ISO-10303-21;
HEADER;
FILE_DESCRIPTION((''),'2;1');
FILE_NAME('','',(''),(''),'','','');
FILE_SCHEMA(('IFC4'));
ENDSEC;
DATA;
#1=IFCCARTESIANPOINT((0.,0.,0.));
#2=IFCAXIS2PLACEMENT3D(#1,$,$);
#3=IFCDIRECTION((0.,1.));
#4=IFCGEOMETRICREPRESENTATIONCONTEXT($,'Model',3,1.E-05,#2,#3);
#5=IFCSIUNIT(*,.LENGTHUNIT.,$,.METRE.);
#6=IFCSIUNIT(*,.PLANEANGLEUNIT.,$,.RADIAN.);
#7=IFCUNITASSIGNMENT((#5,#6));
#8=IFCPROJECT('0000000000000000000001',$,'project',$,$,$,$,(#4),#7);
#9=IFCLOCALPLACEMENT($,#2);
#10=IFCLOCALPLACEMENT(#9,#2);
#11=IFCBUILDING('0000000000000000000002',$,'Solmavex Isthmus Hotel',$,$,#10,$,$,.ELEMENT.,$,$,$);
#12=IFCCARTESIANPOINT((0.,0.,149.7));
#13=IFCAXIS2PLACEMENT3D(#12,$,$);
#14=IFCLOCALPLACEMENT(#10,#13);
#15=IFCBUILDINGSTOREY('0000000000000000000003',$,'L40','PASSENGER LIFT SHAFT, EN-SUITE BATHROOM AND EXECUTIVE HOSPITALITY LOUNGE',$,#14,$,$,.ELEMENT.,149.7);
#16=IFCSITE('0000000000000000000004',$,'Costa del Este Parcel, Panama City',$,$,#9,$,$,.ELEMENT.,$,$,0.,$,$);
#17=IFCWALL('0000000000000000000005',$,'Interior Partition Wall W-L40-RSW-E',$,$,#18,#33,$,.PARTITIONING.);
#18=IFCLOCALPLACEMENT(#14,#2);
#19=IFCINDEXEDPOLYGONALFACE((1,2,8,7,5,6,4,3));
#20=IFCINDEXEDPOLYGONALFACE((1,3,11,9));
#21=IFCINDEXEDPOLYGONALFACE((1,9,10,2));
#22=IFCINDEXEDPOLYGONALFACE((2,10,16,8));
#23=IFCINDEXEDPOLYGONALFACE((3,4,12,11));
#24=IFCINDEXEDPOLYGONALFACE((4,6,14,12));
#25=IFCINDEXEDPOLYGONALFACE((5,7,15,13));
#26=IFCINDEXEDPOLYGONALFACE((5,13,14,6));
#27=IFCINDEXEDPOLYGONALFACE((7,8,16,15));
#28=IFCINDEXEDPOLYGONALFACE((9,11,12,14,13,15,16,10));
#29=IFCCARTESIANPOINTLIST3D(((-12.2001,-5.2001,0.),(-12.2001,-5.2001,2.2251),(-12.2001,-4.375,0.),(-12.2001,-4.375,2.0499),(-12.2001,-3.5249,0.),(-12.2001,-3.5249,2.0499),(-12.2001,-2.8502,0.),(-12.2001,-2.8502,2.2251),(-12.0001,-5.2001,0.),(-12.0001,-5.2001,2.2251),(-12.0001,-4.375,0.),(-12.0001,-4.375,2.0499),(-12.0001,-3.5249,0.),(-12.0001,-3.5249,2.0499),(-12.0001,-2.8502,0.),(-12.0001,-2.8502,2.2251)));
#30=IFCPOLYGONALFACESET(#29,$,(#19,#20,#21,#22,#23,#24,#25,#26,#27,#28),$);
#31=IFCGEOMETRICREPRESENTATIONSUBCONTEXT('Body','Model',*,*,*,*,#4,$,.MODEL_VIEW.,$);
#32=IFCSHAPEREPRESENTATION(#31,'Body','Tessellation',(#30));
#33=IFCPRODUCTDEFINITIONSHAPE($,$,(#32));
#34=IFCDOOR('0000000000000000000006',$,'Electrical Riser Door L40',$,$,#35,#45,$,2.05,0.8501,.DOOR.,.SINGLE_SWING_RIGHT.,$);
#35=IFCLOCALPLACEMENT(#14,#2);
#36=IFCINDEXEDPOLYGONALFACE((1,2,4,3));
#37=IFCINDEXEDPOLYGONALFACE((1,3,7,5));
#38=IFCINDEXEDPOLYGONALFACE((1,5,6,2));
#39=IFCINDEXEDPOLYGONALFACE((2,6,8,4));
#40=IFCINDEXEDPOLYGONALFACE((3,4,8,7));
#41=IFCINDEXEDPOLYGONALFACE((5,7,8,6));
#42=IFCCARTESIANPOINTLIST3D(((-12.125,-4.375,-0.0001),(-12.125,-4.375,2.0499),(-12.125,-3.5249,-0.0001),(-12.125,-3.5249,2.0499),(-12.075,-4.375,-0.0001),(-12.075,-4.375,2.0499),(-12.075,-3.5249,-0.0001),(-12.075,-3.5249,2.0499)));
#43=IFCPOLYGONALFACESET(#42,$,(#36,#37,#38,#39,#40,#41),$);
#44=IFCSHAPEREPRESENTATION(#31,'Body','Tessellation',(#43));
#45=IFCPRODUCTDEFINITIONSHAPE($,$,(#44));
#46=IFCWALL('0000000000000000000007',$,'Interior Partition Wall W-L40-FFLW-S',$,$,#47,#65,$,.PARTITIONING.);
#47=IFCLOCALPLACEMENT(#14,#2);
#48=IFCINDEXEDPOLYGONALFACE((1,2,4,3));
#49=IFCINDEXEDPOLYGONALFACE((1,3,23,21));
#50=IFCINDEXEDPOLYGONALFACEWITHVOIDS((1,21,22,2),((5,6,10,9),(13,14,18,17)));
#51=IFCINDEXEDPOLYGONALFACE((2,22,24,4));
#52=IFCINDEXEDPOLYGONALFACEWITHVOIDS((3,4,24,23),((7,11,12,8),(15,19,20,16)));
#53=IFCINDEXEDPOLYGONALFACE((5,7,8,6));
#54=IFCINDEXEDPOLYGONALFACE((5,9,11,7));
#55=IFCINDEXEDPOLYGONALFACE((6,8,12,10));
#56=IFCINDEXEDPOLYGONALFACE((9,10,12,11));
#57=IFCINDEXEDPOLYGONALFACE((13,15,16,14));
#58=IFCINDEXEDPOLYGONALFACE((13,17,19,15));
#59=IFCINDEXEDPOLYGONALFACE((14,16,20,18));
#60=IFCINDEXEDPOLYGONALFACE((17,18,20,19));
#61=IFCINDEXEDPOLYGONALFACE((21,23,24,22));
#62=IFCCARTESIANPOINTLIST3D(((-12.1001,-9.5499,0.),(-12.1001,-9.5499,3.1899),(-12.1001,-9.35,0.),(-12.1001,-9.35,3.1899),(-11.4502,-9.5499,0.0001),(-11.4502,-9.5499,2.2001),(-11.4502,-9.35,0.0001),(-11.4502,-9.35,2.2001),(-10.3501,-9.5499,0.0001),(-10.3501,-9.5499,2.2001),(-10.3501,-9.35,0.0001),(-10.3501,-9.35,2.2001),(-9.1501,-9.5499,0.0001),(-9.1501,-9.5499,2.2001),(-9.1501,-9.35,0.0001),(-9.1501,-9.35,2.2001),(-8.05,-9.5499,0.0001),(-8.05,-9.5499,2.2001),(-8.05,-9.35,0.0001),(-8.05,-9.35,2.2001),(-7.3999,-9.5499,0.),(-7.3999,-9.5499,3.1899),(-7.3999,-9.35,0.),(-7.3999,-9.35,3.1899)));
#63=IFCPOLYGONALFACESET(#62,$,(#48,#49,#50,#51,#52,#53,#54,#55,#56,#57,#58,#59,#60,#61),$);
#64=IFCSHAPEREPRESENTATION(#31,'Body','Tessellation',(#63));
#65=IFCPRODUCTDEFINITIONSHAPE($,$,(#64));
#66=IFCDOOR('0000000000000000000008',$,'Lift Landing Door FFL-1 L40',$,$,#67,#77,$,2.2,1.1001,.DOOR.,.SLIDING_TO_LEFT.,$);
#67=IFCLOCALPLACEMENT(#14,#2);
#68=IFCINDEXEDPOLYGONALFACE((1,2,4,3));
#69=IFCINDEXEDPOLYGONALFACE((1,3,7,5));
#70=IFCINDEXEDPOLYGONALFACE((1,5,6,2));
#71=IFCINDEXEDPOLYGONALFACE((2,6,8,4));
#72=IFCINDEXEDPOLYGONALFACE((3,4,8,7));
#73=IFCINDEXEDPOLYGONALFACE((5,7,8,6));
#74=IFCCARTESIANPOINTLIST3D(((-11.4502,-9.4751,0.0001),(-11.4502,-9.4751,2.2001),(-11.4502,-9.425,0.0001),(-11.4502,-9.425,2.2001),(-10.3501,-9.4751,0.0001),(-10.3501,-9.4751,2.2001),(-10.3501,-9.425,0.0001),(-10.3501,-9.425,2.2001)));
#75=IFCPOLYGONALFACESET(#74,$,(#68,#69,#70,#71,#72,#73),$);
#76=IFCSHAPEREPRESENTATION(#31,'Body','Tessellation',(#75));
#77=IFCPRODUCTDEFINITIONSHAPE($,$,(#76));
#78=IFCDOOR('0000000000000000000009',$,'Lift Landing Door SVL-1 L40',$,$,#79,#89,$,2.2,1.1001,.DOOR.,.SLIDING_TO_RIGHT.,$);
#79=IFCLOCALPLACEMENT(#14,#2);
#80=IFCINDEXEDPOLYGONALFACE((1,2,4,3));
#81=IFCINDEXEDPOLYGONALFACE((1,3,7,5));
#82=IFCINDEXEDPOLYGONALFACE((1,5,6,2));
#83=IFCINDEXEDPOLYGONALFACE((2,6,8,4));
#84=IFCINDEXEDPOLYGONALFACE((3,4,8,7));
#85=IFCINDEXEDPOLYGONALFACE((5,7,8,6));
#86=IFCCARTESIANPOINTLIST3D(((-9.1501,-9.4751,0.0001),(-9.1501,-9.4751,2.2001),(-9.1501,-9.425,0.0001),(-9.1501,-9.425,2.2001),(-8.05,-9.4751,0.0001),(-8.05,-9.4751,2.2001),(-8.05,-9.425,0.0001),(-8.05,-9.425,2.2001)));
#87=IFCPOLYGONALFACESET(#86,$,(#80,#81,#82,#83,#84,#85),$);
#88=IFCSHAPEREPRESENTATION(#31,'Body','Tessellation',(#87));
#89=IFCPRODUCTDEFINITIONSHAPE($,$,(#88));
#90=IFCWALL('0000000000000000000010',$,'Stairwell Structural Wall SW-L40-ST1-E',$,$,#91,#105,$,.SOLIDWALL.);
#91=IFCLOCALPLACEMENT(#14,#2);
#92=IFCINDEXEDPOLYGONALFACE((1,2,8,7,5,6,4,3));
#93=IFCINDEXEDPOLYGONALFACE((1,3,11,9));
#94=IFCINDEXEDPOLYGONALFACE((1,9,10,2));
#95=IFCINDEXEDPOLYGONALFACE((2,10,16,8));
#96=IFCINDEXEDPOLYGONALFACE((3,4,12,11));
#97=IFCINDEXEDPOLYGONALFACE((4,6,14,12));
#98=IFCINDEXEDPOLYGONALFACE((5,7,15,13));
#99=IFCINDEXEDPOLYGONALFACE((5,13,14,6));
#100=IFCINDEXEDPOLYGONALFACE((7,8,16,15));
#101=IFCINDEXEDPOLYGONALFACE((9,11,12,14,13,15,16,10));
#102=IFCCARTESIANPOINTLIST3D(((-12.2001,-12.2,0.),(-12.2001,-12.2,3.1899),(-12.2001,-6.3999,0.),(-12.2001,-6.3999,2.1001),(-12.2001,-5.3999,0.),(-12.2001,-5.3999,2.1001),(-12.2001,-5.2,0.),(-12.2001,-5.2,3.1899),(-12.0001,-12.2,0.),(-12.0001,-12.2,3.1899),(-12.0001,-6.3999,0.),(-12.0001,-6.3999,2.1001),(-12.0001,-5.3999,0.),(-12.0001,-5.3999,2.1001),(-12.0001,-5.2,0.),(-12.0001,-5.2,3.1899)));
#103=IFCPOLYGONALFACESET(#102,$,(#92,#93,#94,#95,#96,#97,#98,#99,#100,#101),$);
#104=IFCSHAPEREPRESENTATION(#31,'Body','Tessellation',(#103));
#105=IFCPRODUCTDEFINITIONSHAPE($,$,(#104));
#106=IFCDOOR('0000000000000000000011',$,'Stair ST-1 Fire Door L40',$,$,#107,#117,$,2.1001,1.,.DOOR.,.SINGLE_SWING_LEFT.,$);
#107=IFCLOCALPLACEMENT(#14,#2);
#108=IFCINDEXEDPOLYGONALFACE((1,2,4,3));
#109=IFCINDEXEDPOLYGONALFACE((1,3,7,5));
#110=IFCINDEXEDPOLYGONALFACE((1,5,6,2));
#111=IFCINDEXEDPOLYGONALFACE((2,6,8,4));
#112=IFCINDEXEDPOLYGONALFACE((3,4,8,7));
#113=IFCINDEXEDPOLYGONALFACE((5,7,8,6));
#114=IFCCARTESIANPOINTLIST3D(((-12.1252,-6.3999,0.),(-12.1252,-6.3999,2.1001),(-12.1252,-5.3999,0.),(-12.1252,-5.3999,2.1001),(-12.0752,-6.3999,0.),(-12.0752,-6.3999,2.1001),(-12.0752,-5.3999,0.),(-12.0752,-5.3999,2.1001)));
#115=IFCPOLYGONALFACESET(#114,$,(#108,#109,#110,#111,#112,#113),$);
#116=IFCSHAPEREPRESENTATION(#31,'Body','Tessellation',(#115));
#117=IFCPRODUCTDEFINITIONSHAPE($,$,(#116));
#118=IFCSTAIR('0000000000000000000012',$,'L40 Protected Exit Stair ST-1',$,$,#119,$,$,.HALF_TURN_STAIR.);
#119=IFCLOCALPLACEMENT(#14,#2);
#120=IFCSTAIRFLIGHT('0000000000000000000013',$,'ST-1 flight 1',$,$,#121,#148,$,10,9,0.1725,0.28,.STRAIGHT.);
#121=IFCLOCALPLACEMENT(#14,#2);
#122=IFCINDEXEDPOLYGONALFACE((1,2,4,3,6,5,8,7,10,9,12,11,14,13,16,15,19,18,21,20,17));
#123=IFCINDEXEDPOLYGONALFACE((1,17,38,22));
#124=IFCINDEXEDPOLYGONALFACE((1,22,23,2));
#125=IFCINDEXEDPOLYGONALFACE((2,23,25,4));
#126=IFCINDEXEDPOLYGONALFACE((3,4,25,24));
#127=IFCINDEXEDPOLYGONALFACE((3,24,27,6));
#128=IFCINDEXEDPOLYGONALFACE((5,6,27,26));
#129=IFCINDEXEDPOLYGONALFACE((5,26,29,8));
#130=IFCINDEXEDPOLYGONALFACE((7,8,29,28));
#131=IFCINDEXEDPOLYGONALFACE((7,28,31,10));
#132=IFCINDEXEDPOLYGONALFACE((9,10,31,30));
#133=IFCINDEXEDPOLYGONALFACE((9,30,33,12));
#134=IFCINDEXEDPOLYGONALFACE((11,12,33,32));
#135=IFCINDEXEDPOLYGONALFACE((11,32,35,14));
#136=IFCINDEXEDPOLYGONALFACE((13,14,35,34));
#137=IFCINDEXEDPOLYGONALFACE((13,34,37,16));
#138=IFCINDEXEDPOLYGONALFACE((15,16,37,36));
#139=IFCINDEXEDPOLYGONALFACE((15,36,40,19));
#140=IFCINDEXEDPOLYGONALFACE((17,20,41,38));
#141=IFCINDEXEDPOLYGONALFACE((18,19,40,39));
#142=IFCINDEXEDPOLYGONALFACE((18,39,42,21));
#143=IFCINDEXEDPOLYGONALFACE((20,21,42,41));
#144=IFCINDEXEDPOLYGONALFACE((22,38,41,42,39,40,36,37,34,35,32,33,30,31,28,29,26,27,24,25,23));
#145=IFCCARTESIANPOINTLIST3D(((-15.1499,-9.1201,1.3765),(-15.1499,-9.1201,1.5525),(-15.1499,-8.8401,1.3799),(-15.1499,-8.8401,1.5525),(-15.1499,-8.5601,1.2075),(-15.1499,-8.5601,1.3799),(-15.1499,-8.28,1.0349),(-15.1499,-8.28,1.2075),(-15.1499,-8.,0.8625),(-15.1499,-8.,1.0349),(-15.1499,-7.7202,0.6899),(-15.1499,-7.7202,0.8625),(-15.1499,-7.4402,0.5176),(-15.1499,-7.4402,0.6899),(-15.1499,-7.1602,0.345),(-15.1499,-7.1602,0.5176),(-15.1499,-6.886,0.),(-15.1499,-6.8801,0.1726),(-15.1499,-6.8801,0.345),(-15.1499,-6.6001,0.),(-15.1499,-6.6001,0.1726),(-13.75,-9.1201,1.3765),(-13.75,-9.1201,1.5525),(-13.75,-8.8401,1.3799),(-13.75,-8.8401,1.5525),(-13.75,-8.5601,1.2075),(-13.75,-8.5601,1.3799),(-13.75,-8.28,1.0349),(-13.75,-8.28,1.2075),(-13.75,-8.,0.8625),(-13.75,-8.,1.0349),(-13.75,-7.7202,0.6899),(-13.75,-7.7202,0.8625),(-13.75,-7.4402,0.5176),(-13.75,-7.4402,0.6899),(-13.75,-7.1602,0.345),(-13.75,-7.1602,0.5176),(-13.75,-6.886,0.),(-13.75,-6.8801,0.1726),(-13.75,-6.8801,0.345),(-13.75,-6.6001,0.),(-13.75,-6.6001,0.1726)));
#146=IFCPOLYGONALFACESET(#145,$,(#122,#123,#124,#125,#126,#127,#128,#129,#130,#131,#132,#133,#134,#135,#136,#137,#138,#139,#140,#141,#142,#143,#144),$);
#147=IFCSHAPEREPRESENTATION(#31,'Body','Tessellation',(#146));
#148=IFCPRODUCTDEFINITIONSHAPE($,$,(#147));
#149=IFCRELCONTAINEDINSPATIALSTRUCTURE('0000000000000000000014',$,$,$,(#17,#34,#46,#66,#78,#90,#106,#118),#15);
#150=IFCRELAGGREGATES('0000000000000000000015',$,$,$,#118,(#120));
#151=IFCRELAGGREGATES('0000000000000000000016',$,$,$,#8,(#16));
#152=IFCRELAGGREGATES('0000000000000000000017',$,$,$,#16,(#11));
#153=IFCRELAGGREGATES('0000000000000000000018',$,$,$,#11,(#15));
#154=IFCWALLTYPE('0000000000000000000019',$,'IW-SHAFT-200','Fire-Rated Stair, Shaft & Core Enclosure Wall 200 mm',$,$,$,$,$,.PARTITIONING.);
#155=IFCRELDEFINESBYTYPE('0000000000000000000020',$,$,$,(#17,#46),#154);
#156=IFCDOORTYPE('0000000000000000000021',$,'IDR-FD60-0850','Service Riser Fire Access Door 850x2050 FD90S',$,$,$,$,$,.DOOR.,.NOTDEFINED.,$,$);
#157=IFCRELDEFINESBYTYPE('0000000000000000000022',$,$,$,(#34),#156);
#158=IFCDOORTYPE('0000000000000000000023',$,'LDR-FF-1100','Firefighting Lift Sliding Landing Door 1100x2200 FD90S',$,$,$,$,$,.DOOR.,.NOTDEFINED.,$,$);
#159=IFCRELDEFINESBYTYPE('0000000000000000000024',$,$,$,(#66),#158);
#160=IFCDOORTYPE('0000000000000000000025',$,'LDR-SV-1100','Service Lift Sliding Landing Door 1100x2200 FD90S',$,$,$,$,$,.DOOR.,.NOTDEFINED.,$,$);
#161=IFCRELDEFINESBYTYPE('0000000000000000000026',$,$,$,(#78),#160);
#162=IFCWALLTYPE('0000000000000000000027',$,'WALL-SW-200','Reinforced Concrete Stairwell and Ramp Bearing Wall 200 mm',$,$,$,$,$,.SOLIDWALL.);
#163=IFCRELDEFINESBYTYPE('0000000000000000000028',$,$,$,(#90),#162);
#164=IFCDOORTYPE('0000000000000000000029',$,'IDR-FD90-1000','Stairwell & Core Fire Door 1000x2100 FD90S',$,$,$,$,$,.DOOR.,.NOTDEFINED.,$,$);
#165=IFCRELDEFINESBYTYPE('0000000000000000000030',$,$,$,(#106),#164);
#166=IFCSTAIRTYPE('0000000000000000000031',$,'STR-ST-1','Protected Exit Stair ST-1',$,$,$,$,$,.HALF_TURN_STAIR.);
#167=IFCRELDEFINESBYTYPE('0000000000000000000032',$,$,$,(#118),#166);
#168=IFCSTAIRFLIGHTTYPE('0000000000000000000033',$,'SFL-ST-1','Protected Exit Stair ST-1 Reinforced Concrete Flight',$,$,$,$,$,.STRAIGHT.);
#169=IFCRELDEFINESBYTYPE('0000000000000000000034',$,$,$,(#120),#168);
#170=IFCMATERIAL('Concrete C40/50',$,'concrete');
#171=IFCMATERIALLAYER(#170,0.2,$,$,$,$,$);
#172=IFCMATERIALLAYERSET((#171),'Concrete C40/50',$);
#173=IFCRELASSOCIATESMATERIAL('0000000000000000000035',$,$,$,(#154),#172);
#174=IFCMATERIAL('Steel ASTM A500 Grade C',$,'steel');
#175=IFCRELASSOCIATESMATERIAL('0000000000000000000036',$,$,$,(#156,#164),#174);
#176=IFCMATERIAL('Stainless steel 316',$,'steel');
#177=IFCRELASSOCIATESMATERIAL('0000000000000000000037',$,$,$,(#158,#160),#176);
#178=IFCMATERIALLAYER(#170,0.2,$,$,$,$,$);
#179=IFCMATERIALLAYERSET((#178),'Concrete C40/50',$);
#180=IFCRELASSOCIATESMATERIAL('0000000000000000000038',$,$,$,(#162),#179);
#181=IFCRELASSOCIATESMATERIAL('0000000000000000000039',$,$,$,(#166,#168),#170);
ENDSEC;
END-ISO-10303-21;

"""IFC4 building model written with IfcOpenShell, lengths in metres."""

from ifc_helpers import new_model, si_unit, direction, frame, frame_2d, origin, place, context, subcontext, project, spatial, polyline, rectangle, outline, extrude, material, layer, layer_set, type_object, element, fill, aggregate, save


model = new_model("IFC4")

# Units and contexts
model_context = context("Model", 3, precision=1e-05, world=origin(), true_north=direction((0.0, 1.0)))
body_context = subcontext(model_context, "Body", "Model", "MODEL_VIEW")
ifc_project = project(units=[si_unit("LENGTHUNIT", "METRE"), si_unit("PLANEANGLEUNIT", "RADIAN")], contexts=[model_context])

# Site, building, storey
site_placement = place(None, origin())
site = spatial("IfcSite", under=ifc_project, at=site_placement, Name="Costa del Este Parcel, Panama City", CompositionType="ELEMENT", RefElevation=0.0)
building_placement = place(site_placement, origin())
building = spatial("IfcBuilding", under=site, at=building_placement, Name="Solmavex Isthmus Hotel", CompositionType="ELEMENT")
storey_placement = place(building_placement, frame((0.0, 0.0, 149.7)))
storey = spatial("IfcBuildingStorey", under=building, at=storey_placement, Name="L40", Description="PASSENGER LIFT SHAFT, EN-SUITE BATHROOM AND EXECUTIVE HOSPITALITY LOUNGE", CompositionType="ELEMENT", Elevation=149.7)

# Wall, opening, door
ifc_material_1 = material(Name="Concrete C40/50", Category="concrete")
ifc_layer_1 = layer(ifc_material_1, 0.2)
ifc_layer_set_1 = layer_set([ifc_layer_1], Name="Concrete C40/50")
wall_type_1 = type_object("IfcWallType", Name="IW-SHAFT-200", Description="Fire-Rated Stair, Shaft & Core Enclosure Wall 200 mm", PredefinedType="PARTITIONING", material=ifc_layer_set_1)
wall_1_placement = place(storey_placement, frame((-12.1001, -5.2, 0.0), z_axis=(0.0, 0.0, 1.0), x_axis=(0.0, 1.0, 0.0)))
wall_1 = element("IfcWall", 1, at=wall_1_placement, inside=storey, type_object=wall_type_1, Name="Interior Partition Wall W-L40-RSW-E", PredefinedType="PARTITIONING", context=body_context, shape_type="SweptSolid", body=[
    extrude(rectangle(XDim=2.3499, YDim=0.2, at=frame_2d((1.1748, 0.0))), origin(), (0.0, 0.0, 1.0), 2.2251),
])
opening_1_placement = place(wall_1_placement, frame((0.825, 0.0, 0.0)))
opening_1 = element("IfcOpeningElement", 2, at=opening_1_placement, cuts=wall_1, PredefinedType="OPENING", context=body_context, shape_type="SweptSolid", body=[
    extrude(rectangle(XDim=0.8501, YDim=2.05, at=frame_2d((0.425, 1.0249))), frame((0.0, 0.1099, 0.0), z_axis=(0.0, -1.0, 0.0), x_axis=(1.0, 0.0, 0.0)), (0.0, 0.0, 1.0), 0.22),
])
ifc_material_2 = material(Name="Steel ASTM A500 Grade C", Category="steel")
door_type_1 = type_object("IfcDoorType", Name="IDR-FD60-0850", Description="Service Riser Fire Access Door 850x2050 FD90S", OperationType="NOTDEFINED", PredefinedType="DOOR", material=ifc_material_2)
door_1_placement = place(opening_1_placement, origin())
door_1 = element("IfcDoor", 3, at=door_1_placement, inside=storey, type_object=door_type_1, Name="Electrical Riser Door L40", OperationType="SINGLE_SWING_RIGHT", OverallHeight=2.05, OverallWidth=0.8501, PredefinedType="DOOR", context=body_context, shape_type="SweptSolid", body=[
    extrude(rectangle(XDim=0.8501, YDim=2.05, at=frame_2d((0.425, 1.0249))), frame((0.0, 0.0249, 0.0), z_axis=(0.0, -1.0, 0.0), x_axis=(1.0, 0.0, 0.0)), (0.0, 0.0, 1.0), 0.05),
])
fill(opening_1, door_1)

# Wall, openings, doors
wall_2_placement = place(storey_placement, frame((-12.1001, -9.45, 0.0), z_axis=(0.0, 0.0, 1.0), x_axis=(1.0, 0.0, 0.0)))
wall_2 = element("IfcWall", 4, at=wall_2_placement, inside=storey, type_object=wall_type_1, Name="Interior Partition Wall W-L40-FFLW-S", PredefinedType="PARTITIONING", context=body_context, shape_type="SweptSolid", body=[
    extrude(rectangle(XDim=4.7002, YDim=0.2, at=frame_2d((2.3501, 0.0))), origin(), (0.0, 0.0, 1.0), 3.1899),
])
opening_2_placement = place(wall_2_placement, frame((0.6499, 0.0, 0.0)))
opening_2 = element("IfcOpeningElement", 5, at=opening_2_placement, cuts=wall_2, PredefinedType="OPENING", context=body_context, shape_type="SweptSolid", body=[
    extrude(rectangle(XDim=1.1001, YDim=2.2, at=frame_2d((0.55, 1.1001))), frame((0.0, 0.1099, 0.0), z_axis=(0.0, -1.0, 0.0), x_axis=(1.0, 0.0, 0.0)), (0.0, 0.0, 1.0), 0.22),
])
opening_3_placement = place(wall_2_placement, frame((2.95, 0.0, 0.0)))
opening_3 = element("IfcOpeningElement", 6, at=opening_3_placement, cuts=wall_2, PredefinedType="OPENING", context=body_context, shape_type="SweptSolid", body=[
    extrude(rectangle(XDim=1.1001, YDim=2.2, at=frame_2d((0.55, 1.1001))), frame((0.0, 0.1099, 0.0), z_axis=(0.0, -1.0, 0.0), x_axis=(1.0, 0.0, 0.0)), (0.0, 0.0, 1.0), 0.22),
])
ifc_material_3 = material(Name="Stainless steel 316", Category="steel")
door_type_2 = type_object("IfcDoorType", Name="LDR-FF-1100", Description="Firefighting Lift Sliding Landing Door 1100x2200 FD90S", OperationType="NOTDEFINED", PredefinedType="DOOR", material=ifc_material_3)
door_2_placement = place(opening_2_placement, origin())
door_2 = element("IfcDoor", 7, at=door_2_placement, inside=storey, type_object=door_type_2, Name="Lift Landing Door FFL-1 L40", OperationType="SLIDING_TO_LEFT", OverallHeight=2.2, OverallWidth=1.1001, PredefinedType="DOOR", context=body_context, shape_type="SweptSolid", body=[
    extrude(rectangle(XDim=1.1001, YDim=2.2, at=frame_2d((0.55, 1.1001))), frame((0.0, 0.0249, 0.0), z_axis=(0.0, -1.0, 0.0), x_axis=(1.0, 0.0, 0.0)), (0.0, 0.0, 1.0), 0.05),
])
fill(opening_2, door_2)
door_type_3 = type_object("IfcDoorType", Name="LDR-SV-1100", Description="Service Lift Sliding Landing Door 1100x2200 FD90S", OperationType="NOTDEFINED", PredefinedType="DOOR", material=ifc_material_3)
door_3_placement = place(opening_3_placement, origin())
door_3 = element("IfcDoor", 8, at=door_3_placement, inside=storey, type_object=door_type_3, Name="Lift Landing Door SVL-1 L40", OperationType="SLIDING_TO_RIGHT", OverallHeight=2.2, OverallWidth=1.1001, PredefinedType="DOOR", context=body_context, shape_type="SweptSolid", body=[
    extrude(rectangle(XDim=1.1001, YDim=2.2, at=frame_2d((0.55, 1.1001))), frame((0.0, 0.0249, 0.0), z_axis=(0.0, -1.0, 0.0), x_axis=(1.0, 0.0, 0.0)), (0.0, 0.0, 1.0), 0.05),
])
fill(opening_3, door_3)

# Wall, opening, door
ifc_layer_2 = layer(ifc_material_1, 0.2)
ifc_layer_set_2 = layer_set([ifc_layer_2], Name="Concrete C40/50")
wall_type_2 = type_object("IfcWallType", Name="WALL-SW-200", Description="Reinforced Concrete Stairwell and Ramp Bearing Wall 200 mm", PredefinedType="SOLIDWALL", material=ifc_layer_set_2)
wall_3_placement = place(storey_placement, frame((-12.1001, -12.2, 0.0), z_axis=(0.0, 0.0, 1.0), x_axis=(0.0, 1.0, 0.0)))
wall_3 = element("IfcWall", 9, at=wall_3_placement, inside=storey, type_object=wall_type_2, Name="Stairwell Structural Wall SW-L40-ST1-E", PredefinedType="SOLIDWALL", context=body_context, shape_type="SweptSolid", body=[
    extrude(rectangle(XDim=7.0, YDim=0.2, at=frame_2d((3.5, 0.0))), origin(), (0.0, 0.0, 1.0), 3.1899),
])
opening_4_placement = place(wall_3_placement, frame((5.8, 0.0, 0.0)))
opening_4 = element("IfcOpeningElement", 10, at=opening_4_placement, cuts=wall_3, PredefinedType="OPENING", context=body_context, shape_type="SweptSolid", body=[
    extrude(rectangle(XDim=1.0, YDim=2.1001, at=frame_2d((0.5, 1.05))), frame((0.0, 0.1099, 0.0), z_axis=(0.0, -1.0, 0.0), x_axis=(1.0, 0.0, 0.0)), (0.0, 0.0, 1.0), 0.22),
])
door_type_4 = type_object("IfcDoorType", Name="IDR-FD90-1000", Description="Stairwell & Core Fire Door 1000x2100 FD90S", OperationType="NOTDEFINED", PredefinedType="DOOR", material=ifc_material_2)
door_4_placement = place(opening_4_placement, frame((1.0, 0.0, 0.0), z_axis=(0.0, 0.0, 1.0), x_axis=(-1.0, 0.0, 0.0)))
door_4 = element("IfcDoor", 11, at=door_4_placement, inside=storey, type_object=door_type_4, Name="Stair ST-1 Fire Door L40", OperationType="SINGLE_SWING_LEFT", OverallHeight=2.1001, OverallWidth=1.0, PredefinedType="DOOR", context=body_context, shape_type="SweptSolid", body=[
    extrude(rectangle(XDim=1.0, YDim=2.1001, at=frame_2d((0.5, 1.05))), frame((0.0, 0.0249, 0.0), z_axis=(0.0, -1.0, 0.0), x_axis=(1.0, 0.0, 0.0)), (0.0, 0.0, 1.0), 0.05),
])
fill(opening_4, door_4)

# Stair, stair flight
stair_type = type_object("IfcStairType", Name="STR-ST-1", Description="Protected Exit Stair ST-1", PredefinedType="HALF_TURN_STAIR", material=ifc_material_1)
stair_placement = place(storey_placement, origin())
stair = element("IfcStair", 12, at=stair_placement, inside=storey, type_object=stair_type, Name="L40 Protected Exit Stair ST-1", PredefinedType="HALF_TURN_STAIR")
stair_flight_type = type_object("IfcStairFlightType", Name="SFL-ST-1", Description="Protected Exit Stair ST-1 Reinforced Concrete Flight", PredefinedType="STRAIGHT", material=ifc_material_1)
stair_flight_1_placement = place(storey_placement, frame((-14.45, -6.6001, 0.0), z_axis=(0.0, 0.0, 1.0), x_axis=(0.0, -1.0, 0.0)))
stair_flight_1 = element("IfcStairFlight", 13, at=stair_flight_1_placement, type_object=stair_flight_type, Name="ST-1 flight 1", NumberOfRisers=10, NumberOfTreads=9, PredefinedType="STRAIGHT", RiserHeight=0.1725, TreadLength=0.28, context=body_context, shape_type="SweptSolid", body=[
    extrude(outline(polyline([(0.0, 0.0), (0.0, 0.1726), (0.28, 0.1726), (0.28, 0.345), (0.5601, 0.345), (0.5601, 0.5176), (0.8401, 0.5176), (0.8401, 0.6899), (1.1201, 0.6899), (1.1201, 0.8625), (1.3999, 0.8625), (1.3999, 1.0349), (1.6799, 1.0349), (1.6799, 1.2075), (1.96, 1.2075), (1.96, 1.3799), (2.24, 1.3799), (2.24, 1.5525), (2.52, 1.5525), (2.52, 1.7251), (2.52, 1.3765), (0.2859, 0.0), (0.0, 0.0)])), frame((0.0, 0.7, 0.0), z_axis=(0.0, -1.0, 0.0), x_axis=(1.0, 0.0, 0.0)), (0.0, 0.0, 1.0), 1.3999),
])
aggregate(stair, [stair_flight_1])

save(model, "model.ifc")
